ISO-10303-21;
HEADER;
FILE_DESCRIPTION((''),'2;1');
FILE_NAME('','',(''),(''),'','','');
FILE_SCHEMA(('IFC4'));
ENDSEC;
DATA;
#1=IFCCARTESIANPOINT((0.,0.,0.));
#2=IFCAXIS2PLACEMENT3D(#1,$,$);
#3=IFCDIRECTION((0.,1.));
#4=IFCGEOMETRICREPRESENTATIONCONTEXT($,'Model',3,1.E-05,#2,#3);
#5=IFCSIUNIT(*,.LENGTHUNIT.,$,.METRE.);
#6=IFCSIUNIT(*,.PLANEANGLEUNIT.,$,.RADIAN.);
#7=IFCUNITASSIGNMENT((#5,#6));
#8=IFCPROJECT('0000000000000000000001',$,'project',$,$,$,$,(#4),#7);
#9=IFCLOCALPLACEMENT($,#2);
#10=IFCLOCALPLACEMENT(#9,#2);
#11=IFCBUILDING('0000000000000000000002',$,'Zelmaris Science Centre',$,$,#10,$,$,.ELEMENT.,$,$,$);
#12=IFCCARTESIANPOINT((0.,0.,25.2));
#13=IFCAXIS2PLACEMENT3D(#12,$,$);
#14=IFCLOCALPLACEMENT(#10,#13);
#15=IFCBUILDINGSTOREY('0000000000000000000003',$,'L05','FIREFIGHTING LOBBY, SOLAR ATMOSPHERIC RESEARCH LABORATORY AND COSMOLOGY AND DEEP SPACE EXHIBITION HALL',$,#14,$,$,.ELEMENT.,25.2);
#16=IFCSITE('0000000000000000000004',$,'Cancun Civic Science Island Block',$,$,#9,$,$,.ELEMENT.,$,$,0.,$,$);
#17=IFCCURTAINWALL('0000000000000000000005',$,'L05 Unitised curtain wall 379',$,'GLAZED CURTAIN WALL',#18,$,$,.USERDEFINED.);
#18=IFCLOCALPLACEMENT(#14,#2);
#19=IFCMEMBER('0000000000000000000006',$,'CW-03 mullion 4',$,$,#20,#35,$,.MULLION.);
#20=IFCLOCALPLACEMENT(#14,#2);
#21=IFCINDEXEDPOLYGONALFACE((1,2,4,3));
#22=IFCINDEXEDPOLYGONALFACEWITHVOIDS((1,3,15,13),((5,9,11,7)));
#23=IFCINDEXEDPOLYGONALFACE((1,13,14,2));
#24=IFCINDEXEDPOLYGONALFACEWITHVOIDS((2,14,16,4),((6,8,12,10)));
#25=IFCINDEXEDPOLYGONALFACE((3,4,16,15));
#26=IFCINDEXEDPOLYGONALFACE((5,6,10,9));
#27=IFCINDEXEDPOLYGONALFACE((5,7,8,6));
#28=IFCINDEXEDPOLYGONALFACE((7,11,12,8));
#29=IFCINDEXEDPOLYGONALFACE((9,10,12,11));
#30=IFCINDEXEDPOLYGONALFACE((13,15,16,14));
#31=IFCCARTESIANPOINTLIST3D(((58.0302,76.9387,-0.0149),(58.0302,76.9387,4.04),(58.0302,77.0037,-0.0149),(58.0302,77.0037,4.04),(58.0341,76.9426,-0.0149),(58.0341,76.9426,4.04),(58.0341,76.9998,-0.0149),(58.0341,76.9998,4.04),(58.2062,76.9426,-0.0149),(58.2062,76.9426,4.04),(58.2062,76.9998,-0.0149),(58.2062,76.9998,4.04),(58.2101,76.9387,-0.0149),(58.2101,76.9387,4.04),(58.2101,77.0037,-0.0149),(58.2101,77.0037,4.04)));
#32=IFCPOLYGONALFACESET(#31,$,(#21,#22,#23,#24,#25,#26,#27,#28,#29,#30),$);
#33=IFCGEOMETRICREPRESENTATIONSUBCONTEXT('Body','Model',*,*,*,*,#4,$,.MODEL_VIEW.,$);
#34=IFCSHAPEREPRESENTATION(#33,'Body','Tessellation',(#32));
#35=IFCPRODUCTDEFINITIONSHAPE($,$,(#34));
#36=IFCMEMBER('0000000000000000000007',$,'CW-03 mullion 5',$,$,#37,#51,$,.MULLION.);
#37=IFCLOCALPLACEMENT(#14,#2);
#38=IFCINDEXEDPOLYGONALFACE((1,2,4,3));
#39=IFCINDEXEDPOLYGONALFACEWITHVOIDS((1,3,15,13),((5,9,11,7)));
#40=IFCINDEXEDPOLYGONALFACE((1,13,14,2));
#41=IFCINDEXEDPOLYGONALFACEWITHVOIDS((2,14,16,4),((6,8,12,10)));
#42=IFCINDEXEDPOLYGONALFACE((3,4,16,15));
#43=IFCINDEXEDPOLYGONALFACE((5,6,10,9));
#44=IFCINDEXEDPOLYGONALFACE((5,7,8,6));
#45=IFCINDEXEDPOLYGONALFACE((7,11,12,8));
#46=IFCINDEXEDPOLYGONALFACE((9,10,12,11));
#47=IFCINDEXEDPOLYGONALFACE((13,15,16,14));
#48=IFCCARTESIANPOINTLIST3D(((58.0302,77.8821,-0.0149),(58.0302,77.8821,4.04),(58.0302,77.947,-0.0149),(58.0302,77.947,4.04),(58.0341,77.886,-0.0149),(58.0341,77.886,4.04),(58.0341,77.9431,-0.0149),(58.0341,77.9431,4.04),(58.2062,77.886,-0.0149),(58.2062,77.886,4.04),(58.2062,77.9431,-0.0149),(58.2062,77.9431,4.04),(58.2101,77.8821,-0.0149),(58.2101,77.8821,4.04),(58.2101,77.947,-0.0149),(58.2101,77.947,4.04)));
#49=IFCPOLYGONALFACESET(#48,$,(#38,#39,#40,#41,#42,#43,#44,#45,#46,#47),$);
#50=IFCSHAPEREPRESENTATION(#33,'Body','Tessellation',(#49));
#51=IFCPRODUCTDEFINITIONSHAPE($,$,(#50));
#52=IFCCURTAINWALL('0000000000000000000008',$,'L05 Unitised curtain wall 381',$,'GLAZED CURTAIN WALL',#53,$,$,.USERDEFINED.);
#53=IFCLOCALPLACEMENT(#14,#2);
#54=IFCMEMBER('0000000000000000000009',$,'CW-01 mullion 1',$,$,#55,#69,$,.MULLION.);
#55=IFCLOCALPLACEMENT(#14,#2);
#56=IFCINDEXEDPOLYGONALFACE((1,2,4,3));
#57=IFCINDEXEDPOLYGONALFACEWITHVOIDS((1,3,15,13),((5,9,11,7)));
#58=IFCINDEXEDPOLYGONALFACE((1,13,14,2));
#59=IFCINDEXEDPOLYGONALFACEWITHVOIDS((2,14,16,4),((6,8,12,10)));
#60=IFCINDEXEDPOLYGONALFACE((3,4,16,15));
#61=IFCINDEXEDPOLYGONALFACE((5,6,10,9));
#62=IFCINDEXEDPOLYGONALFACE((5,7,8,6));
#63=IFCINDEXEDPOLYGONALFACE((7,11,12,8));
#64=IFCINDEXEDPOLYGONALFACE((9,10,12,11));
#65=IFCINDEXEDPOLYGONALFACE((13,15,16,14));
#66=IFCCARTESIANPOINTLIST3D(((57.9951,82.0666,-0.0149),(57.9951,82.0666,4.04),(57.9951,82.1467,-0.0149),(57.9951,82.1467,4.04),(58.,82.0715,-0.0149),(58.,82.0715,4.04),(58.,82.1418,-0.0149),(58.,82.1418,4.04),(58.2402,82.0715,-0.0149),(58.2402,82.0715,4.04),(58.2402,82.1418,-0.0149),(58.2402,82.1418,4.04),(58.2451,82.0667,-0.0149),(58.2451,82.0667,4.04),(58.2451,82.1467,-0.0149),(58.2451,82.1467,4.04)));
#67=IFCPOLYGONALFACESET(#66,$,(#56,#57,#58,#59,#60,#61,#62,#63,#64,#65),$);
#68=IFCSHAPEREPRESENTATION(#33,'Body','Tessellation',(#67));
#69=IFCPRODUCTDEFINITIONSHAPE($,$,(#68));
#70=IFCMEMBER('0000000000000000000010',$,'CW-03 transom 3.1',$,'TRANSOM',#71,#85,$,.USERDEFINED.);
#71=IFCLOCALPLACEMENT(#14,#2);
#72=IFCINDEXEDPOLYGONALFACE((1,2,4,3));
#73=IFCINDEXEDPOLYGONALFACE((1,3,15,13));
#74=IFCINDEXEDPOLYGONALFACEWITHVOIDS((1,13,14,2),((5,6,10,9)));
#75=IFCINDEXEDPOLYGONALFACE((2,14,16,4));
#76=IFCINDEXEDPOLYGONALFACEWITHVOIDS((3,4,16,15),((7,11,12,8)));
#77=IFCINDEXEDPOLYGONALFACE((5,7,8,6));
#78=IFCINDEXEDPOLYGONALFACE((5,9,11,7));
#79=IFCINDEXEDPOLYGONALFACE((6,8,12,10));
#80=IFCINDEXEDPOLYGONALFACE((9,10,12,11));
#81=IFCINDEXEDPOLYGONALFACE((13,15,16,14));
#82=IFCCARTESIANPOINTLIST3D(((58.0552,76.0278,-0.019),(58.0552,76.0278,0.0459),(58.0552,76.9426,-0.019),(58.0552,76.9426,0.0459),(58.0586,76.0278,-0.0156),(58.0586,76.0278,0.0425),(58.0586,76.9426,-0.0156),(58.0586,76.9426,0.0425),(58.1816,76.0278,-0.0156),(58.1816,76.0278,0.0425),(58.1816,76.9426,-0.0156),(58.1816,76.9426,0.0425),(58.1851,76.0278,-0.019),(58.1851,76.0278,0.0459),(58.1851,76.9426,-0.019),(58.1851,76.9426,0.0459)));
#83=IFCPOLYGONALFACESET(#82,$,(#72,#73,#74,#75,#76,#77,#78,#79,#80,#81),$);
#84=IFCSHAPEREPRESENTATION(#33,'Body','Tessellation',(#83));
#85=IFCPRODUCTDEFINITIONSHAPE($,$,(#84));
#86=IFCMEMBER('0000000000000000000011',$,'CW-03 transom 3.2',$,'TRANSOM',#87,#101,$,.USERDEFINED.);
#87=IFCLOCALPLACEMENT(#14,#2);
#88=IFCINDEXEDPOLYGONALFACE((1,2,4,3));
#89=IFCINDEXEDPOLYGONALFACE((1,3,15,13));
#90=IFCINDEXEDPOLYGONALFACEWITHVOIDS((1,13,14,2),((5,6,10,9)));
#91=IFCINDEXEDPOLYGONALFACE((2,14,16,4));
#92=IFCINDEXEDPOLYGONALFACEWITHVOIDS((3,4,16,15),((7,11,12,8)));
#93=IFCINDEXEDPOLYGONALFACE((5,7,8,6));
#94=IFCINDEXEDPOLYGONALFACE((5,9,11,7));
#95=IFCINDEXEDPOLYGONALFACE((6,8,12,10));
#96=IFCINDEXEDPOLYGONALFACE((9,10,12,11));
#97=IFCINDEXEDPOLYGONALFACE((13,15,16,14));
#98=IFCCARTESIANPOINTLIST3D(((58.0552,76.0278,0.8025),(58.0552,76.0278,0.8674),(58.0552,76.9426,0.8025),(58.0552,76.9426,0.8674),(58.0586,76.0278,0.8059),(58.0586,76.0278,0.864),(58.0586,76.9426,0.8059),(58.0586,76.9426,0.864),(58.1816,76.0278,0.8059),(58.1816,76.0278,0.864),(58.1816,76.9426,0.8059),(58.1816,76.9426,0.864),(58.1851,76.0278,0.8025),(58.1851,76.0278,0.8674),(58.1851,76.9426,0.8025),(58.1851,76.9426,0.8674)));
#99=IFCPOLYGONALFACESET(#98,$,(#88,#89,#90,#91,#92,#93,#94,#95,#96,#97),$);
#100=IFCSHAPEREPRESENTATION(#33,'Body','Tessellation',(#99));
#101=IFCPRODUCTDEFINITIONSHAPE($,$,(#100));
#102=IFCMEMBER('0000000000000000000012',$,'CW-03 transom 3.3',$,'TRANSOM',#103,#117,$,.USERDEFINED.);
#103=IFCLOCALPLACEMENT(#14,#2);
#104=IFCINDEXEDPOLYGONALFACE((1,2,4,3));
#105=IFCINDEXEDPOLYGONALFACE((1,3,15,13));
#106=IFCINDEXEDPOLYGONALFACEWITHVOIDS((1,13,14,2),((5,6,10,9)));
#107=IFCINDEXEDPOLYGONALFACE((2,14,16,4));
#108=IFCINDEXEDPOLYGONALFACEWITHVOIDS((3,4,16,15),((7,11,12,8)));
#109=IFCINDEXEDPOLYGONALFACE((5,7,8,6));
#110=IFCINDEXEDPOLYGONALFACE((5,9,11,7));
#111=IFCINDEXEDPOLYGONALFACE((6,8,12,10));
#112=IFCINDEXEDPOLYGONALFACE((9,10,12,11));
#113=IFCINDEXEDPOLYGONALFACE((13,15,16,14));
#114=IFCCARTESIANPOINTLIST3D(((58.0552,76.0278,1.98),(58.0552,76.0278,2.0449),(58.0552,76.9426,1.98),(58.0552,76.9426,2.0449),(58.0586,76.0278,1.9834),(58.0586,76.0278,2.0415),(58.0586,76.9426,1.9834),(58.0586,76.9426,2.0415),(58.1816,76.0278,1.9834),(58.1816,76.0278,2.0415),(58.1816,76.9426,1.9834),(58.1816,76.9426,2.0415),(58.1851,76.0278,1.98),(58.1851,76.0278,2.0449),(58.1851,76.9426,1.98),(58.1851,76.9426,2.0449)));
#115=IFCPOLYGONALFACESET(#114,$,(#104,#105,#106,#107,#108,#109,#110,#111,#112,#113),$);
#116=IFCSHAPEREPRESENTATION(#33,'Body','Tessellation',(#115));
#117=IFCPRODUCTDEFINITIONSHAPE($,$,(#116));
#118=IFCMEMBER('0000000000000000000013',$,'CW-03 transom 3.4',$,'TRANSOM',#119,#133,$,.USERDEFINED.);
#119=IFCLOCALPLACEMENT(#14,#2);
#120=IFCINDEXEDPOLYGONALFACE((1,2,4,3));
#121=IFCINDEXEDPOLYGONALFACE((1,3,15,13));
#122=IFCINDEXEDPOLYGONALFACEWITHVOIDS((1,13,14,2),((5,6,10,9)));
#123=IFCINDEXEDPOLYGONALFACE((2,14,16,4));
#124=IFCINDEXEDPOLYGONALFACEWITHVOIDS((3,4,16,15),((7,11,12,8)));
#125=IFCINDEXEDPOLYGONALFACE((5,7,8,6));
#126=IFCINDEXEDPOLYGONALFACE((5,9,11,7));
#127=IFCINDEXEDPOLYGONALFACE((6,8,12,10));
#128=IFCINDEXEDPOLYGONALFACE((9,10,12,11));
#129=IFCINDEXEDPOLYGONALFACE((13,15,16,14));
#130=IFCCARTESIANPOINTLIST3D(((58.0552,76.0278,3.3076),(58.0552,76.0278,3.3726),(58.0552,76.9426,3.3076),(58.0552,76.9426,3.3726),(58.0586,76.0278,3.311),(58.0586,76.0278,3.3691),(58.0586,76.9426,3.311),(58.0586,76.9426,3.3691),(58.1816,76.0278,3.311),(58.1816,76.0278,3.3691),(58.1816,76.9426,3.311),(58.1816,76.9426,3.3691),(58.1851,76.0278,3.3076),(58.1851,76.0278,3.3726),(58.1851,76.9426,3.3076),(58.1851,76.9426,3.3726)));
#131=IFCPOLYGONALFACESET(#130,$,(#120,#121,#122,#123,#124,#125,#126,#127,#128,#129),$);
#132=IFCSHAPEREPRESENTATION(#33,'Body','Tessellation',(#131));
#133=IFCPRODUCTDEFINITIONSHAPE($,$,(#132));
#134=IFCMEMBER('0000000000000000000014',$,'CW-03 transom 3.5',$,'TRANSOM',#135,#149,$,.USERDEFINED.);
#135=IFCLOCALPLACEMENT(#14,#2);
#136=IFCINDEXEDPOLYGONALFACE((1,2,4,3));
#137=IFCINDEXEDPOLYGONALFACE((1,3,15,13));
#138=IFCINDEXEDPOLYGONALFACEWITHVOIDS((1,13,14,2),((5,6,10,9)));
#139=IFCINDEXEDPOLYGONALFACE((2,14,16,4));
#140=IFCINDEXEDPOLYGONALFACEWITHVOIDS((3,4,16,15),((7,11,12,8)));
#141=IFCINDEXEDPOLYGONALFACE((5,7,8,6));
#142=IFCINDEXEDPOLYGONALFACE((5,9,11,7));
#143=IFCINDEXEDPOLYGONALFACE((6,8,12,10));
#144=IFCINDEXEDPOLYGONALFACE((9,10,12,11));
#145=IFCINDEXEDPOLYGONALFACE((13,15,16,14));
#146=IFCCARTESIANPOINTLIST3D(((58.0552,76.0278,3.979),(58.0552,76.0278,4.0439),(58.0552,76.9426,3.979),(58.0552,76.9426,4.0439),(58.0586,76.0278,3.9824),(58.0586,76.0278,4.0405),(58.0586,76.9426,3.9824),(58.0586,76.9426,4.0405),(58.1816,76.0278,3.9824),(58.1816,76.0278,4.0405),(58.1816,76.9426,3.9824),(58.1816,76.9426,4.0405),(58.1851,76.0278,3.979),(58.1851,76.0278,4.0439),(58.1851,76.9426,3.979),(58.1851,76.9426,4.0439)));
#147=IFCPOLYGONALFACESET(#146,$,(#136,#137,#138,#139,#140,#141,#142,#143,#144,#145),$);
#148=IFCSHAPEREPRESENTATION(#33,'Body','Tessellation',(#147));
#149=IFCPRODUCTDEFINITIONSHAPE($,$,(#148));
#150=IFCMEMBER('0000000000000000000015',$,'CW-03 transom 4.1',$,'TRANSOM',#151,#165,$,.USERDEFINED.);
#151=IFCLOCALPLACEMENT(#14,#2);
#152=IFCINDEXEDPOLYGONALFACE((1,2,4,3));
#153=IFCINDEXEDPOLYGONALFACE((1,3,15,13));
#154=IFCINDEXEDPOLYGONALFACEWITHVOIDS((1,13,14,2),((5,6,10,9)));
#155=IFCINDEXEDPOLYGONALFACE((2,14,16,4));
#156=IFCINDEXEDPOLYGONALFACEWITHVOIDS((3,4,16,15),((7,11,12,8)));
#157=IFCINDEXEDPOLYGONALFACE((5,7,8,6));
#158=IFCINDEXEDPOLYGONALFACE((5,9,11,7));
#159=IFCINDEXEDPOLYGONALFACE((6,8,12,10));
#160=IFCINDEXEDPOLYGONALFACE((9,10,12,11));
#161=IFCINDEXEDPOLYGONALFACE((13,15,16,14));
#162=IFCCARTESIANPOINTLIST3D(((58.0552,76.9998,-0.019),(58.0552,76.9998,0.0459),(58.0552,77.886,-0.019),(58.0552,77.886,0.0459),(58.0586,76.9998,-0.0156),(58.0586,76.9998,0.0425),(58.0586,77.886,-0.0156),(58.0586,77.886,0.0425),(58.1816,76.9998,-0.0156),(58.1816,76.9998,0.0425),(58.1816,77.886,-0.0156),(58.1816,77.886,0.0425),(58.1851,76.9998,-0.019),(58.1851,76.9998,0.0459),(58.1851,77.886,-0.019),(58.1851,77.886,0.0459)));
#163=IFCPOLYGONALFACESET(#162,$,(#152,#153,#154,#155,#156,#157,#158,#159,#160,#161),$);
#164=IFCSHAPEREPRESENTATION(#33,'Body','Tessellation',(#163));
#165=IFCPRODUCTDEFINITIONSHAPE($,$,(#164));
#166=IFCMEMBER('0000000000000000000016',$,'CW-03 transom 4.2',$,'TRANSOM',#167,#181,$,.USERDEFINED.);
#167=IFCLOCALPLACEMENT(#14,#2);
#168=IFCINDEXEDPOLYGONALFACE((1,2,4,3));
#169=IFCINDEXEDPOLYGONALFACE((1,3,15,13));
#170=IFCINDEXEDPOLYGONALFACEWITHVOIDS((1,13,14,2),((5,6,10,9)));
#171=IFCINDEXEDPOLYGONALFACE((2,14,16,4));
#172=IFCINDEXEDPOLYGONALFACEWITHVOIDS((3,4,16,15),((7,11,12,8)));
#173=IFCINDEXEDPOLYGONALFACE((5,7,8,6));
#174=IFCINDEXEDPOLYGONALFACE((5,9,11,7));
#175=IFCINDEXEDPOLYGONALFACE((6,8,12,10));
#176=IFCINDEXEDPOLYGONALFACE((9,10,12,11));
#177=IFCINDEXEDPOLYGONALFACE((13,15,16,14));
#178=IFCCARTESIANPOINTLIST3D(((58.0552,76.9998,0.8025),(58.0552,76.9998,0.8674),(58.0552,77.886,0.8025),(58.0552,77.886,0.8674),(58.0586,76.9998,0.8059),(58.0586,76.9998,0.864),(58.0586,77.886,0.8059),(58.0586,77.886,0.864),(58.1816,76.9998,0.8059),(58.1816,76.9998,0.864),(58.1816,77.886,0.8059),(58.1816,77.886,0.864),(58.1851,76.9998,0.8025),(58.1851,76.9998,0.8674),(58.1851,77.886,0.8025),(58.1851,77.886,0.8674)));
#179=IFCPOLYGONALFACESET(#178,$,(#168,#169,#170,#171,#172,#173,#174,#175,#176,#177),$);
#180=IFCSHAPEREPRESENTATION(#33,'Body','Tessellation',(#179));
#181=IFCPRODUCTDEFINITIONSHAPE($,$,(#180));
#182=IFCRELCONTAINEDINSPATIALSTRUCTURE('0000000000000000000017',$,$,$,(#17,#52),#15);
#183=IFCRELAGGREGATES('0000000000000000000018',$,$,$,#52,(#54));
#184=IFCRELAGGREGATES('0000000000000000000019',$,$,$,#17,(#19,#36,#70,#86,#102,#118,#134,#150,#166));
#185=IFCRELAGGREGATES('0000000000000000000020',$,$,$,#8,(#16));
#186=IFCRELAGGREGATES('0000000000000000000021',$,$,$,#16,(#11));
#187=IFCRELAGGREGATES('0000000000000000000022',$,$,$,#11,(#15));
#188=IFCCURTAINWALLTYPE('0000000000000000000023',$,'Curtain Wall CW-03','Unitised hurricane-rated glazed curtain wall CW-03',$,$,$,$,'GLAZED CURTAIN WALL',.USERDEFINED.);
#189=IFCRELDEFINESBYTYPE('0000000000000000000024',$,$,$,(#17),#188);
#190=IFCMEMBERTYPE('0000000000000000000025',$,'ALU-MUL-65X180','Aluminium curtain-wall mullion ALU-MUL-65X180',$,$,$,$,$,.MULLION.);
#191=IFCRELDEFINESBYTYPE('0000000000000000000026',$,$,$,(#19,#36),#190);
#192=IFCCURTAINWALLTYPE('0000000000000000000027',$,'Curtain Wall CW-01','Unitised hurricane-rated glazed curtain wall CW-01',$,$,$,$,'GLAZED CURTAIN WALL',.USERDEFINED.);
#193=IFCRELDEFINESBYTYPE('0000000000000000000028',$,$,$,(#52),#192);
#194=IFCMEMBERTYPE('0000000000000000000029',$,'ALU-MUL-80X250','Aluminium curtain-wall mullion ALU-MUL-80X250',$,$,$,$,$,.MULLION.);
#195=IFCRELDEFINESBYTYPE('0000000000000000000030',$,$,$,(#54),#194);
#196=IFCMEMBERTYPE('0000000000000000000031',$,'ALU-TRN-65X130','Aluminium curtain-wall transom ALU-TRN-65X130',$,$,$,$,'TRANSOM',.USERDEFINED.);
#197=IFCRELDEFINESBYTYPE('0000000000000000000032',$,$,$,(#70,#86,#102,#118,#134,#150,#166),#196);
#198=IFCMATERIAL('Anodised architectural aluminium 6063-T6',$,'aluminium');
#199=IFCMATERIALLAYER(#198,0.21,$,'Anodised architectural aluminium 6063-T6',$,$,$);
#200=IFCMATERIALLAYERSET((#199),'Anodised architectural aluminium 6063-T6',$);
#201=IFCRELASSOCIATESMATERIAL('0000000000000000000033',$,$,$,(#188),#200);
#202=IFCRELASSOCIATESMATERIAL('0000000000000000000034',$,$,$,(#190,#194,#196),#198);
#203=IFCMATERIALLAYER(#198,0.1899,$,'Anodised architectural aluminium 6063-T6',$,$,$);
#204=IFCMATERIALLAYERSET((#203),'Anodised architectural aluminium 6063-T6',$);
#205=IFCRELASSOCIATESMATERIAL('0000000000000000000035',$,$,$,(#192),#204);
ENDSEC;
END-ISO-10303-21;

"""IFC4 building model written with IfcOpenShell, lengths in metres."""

from ifc_helpers import new_model, si_unit, direction, frame, origin, origin_2d, place, context, subcontext, project, spatial, hollow_rectangle, extrude, material, layer, layer_set, material_profile, profile_set, type_object, element, aggregate, save


model = new_model("IFC4")

# Units and contexts
model_context = context("Model", 3, precision=1e-05, world=origin(), true_north=direction((0.0, 1.0)))
body_context = subcontext(model_context, "Body", "Model", "MODEL_VIEW")
ifc_project = project(units=[si_unit("LENGTHUNIT", "METRE"), si_unit("PLANEANGLEUNIT", "RADIAN")], contexts=[model_context])

# Site, building, storey
site_placement = place(None, origin())
site = spatial("IfcSite", under=ifc_project, at=site_placement, Name="Cancun Civic Science Island Block", CompositionType="ELEMENT", RefElevation=0.0)
building_placement = place(site_placement, origin())
building = spatial("IfcBuilding", under=site, at=building_placement, Name="Zelmaris Science Centre", CompositionType="ELEMENT")
storey_placement = place(building_placement, frame((0.0, 0.0, 25.2)))
storey = spatial("IfcBuildingStorey", under=building, at=storey_placement, Name="L05", Description="FIREFIGHTING LOBBY, SOLAR ATMOSPHERIC RESEARCH LABORATORY AND COSMOLOGY AND DEEP SPACE EXHIBITION HALL", CompositionType="ELEMENT", Elevation=25.2)

# Curtain wall, members
ifc_material_1 = material(Name="Anodised architectural aluminium 6063-T6", Category="aluminium")
ifc_layer_1 = layer(ifc_material_1, 0.21, Name="Anodised architectural aluminium 6063-T6")
ifc_layer_set_1 = layer_set([ifc_layer_1], Name="Anodised architectural aluminium 6063-T6")
curtain_wall_type_1 = type_object("IfcCurtainWallType", Name="Curtain Wall CW-03", Description="Unitised hurricane-rated glazed curtain wall CW-03", ElementType="GLAZED CURTAIN WALL", PredefinedType="USERDEFINED", material=ifc_layer_set_1)
curtain_wall_1_placement = place(storey_placement, origin())
curtain_wall_1 = element("IfcCurtainWall", 1, at=curtain_wall_1_placement, inside=storey, type_object=curtain_wall_type_1, Name="L05 Unitised curtain wall 379", ObjectType="GLAZED CURTAIN WALL", PredefinedType="USERDEFINED")
ifc_material_profile_1 = material_profile(ifc_material_1, hollow_rectangle(XDim=0.0649, YDim=0.1799, WallThickness=0.0039, at=origin_2d()), Name="ALU-MUL-65X180")
ifc_profile_set_1 = profile_set([ifc_material_profile_1], Name="Anodised architectural aluminium 6063-T6")
member_type_1 = type_object("IfcMemberType", Name="ALU-MUL-65X180", Description="Aluminium curtain-wall mullion ALU-MUL-65X180", PredefinedType="MULLION", material=ifc_profile_set_1)
member_1_placement = place(storey_placement, frame((58.1201, 76.9712, -0.0149), z_axis=(0.0, 0.0, 1.0), x_axis=(-0.000003, 1.0, 0.0)))
member_1 = element("IfcMember", 2, at=member_1_placement, type_object=member_type_1, Name="CW-03 mullion 4", PredefinedType="MULLION", context=body_context, shape_type="SweptSolid", body=[
    extrude(hollow_rectangle(XDim=0.0649, YDim=0.1799, WallThickness=0.0039, at=origin_2d()), origin(), (0.0, 0.0, 1.0), 4.0549),
])
member_2_placement = place(storey_placement, frame((58.1201, 77.9146, -0.0149), z_axis=(0.0, 0.0, 1.0), x_axis=(-0.000003, 1.0, 0.0)))
member_2 = element("IfcMember", 3, at=member_2_placement, type_object=member_type_1, Name="CW-03 mullion 5", PredefinedType="MULLION", context=body_context, shape_type="SweptSolid", body=[
    extrude(hollow_rectangle(XDim=0.0649, YDim=0.1799, WallThickness=0.0039, at=origin_2d()), origin(), (0.0, 0.0, 1.0), 4.0549),
])

# Curtain wall, member
ifc_layer_2 = layer(ifc_material_1, 0.1899, Name="Anodised architectural aluminium 6063-T6")
ifc_layer_set_2 = layer_set([ifc_layer_2], Name="Anodised architectural aluminium 6063-T6")
curtain_wall_type_2 = type_object("IfcCurtainWallType", Name="Curtain Wall CW-01", Description="Unitised hurricane-rated glazed curtain wall CW-01", ElementType="GLAZED CURTAIN WALL", PredefinedType="USERDEFINED", material=ifc_layer_set_2)
curtain_wall_2_placement = place(storey_placement, origin())
curtain_wall_2 = element("IfcCurtainWall", 4, at=curtain_wall_2_placement, inside=storey, type_object=curtain_wall_type_2, Name="L05 Unitised curtain wall 381", ObjectType="GLAZED CURTAIN WALL", PredefinedType="USERDEFINED")
ifc_material_profile_2 = material_profile(ifc_material_1, hollow_rectangle(XDim=0.0801, YDim=0.25, WallThickness=0.0049, at=origin_2d()), Name="ALU-MUL-80X250")
ifc_profile_set_2 = profile_set([ifc_material_profile_2], Name="Anodised architectural aluminium 6063-T6")
member_type_2 = type_object("IfcMemberType", Name="ALU-MUL-80X250", Description="Aluminium curtain-wall mullion ALU-MUL-80X250", PredefinedType="MULLION", material=ifc_profile_set_2)
member_3_placement = place(storey_placement, frame((58.1201, 82.1067, -0.0149), z_axis=(0.0, 0.0, 1.0), x_axis=(-0.000003, 1.0, 0.0)))
member_3 = element("IfcMember", 5, at=member_3_placement, type_object=member_type_2, Name="CW-01 mullion 1", PredefinedType="MULLION", context=body_context, shape_type="SweptSolid", body=[
    extrude(hollow_rectangle(XDim=0.0801, YDim=0.25, WallThickness=0.0049, at=origin_2d()), origin(), (0.0, 0.0, 1.0), 4.0549),
])

# Members
ifc_material_profile_3 = material_profile(ifc_material_1, hollow_rectangle(XDim=0.0649, YDim=0.1299, WallThickness=0.0034, at=origin_2d()), Name="ALU-TRN-65X130")
ifc_profile_set_3 = profile_set([ifc_material_profile_3], Name="Anodised architectural aluminium 6063-T6")
member_type_3 = type_object("IfcMemberType", Name="ALU-TRN-65X130", Description="Aluminium curtain-wall transom ALU-TRN-65X130", ElementType="TRANSOM", PredefinedType="USERDEFINED", material=ifc_profile_set_3)
member_4_placement = place(storey_placement, frame((58.1201, 76.0278, 0.0134), z_axis=(0.0, 1.0, 0.0), x_axis=(0.0, 0.0, 1.0)))
member_4 = element("IfcMember", 6, at=member_4_placement, type_object=member_type_3, Name="CW-03 transom 3.1", ObjectType="TRANSOM", PredefinedType="USERDEFINED", context=body_context, shape_type="SweptSolid", body=[
    extrude(hollow_rectangle(XDim=0.0649, YDim=0.1299, WallThickness=0.0034, at=origin_2d()), origin(), (0.0, 0.0, 1.0), 0.9148),
])
member_5_placement = place(storey_placement, frame((58.1201, 76.0278, 0.835), z_axis=(0.0, 1.0, 0.0), x_axis=(0.0, 0.0, 1.0)))
member_5 = element("IfcMember", 7, at=member_5_placement, type_object=member_type_3, Name="CW-03 transom 3.2", ObjectType="TRANSOM", PredefinedType="USERDEFINED", context=body_context, shape_type="SweptSolid", body=[
    extrude(hollow_rectangle(XDim=0.0649, YDim=0.1299, WallThickness=0.0034, at=origin_2d()), origin(), (0.0, 0.0, 1.0), 0.9148),
])
member_6_placement = place(storey_placement, frame((58.1201, 76.0278, 2.0125), z_axis=(0.0, 1.0, 0.0), x_axis=(0.0, 0.0, 1.0)))
member_6 = element("IfcMember", 8, at=member_6_placement, type_object=member_type_3, Name="CW-03 transom 3.3", ObjectType="TRANSOM", PredefinedType="USERDEFINED", context=body_context, shape_type="SweptSolid", body=[
    extrude(hollow_rectangle(XDim=0.0649, YDim=0.1299, WallThickness=0.0034, at=origin_2d()), origin(), (0.0, 0.0, 1.0), 0.9148),
])
member_7_placement = place(storey_placement, frame((58.1201, 76.0278, 3.3401), z_axis=(0.0, 1.0, 0.0), x_axis=(0.0, 0.0, 1.0)))
member_7 = element("IfcMember", 9, at=member_7_placement, type_object=member_type_3, Name="CW-03 transom 3.4", ObjectType="TRANSOM", PredefinedType="USERDEFINED", context=body_context, shape_type="SweptSolid", body=[
    extrude(hollow_rectangle(XDim=0.0649, YDim=0.1299, WallThickness=0.0034, at=origin_2d()), origin(), (0.0, 0.0, 1.0), 0.9148),
])
member_8_placement = place(storey_placement, frame((58.1201, 76.0278, 4.0115), z_axis=(0.0, 1.0, 0.0), x_axis=(0.0, 0.0, 1.0)))
member_8 = element("IfcMember", 10, at=member_8_placement, type_object=member_type_3, Name="CW-03 transom 3.5", ObjectType="TRANSOM", PredefinedType="USERDEFINED", context=body_context, shape_type="SweptSolid", body=[
    extrude(hollow_rectangle(XDim=0.0649, YDim=0.1299, WallThickness=0.0034, at=origin_2d()), origin(), (0.0, 0.0, 1.0), 0.9148),
])
member_9_placement = place(storey_placement, frame((58.1201, 76.9998, 0.0134), z_axis=(0.0, 1.0, 0.0), x_axis=(0.0, 0.0, 1.0)))
member_9 = element("IfcMember", 11, at=member_9_placement, type_object=member_type_3, Name="CW-03 transom 4.1", ObjectType="TRANSOM", PredefinedType="USERDEFINED", context=body_context, shape_type="SweptSolid", body=[
    extrude(hollow_rectangle(XDim=0.0649, YDim=0.1299, WallThickness=0.0034, at=origin_2d()), origin(), (0.0, 0.0, 1.0), 0.8862),
])
member_10_placement = place(storey_placement, frame((58.1201, 76.9998, 0.835), z_axis=(0.0, 1.0, 0.0), x_axis=(0.0, 0.0, 1.0)))
member_10 = element("IfcMember", 12, at=member_10_placement, type_object=member_type_3, Name="CW-03 transom 4.2", ObjectType="TRANSOM", PredefinedType="USERDEFINED", context=body_context, shape_type="SweptSolid", body=[
    extrude(hollow_rectangle(XDim=0.0649, YDim=0.1299, WallThickness=0.0034, at=origin_2d()), origin(), (0.0, 0.0, 1.0), 0.8862),
])

aggregate(curtain_wall_2, [member_3])
aggregate(curtain_wall_1, [member_1, member_2, member_4, member_5, member_6, member_7, member_8, member_9, member_10])

save(model, "model.ifc")
